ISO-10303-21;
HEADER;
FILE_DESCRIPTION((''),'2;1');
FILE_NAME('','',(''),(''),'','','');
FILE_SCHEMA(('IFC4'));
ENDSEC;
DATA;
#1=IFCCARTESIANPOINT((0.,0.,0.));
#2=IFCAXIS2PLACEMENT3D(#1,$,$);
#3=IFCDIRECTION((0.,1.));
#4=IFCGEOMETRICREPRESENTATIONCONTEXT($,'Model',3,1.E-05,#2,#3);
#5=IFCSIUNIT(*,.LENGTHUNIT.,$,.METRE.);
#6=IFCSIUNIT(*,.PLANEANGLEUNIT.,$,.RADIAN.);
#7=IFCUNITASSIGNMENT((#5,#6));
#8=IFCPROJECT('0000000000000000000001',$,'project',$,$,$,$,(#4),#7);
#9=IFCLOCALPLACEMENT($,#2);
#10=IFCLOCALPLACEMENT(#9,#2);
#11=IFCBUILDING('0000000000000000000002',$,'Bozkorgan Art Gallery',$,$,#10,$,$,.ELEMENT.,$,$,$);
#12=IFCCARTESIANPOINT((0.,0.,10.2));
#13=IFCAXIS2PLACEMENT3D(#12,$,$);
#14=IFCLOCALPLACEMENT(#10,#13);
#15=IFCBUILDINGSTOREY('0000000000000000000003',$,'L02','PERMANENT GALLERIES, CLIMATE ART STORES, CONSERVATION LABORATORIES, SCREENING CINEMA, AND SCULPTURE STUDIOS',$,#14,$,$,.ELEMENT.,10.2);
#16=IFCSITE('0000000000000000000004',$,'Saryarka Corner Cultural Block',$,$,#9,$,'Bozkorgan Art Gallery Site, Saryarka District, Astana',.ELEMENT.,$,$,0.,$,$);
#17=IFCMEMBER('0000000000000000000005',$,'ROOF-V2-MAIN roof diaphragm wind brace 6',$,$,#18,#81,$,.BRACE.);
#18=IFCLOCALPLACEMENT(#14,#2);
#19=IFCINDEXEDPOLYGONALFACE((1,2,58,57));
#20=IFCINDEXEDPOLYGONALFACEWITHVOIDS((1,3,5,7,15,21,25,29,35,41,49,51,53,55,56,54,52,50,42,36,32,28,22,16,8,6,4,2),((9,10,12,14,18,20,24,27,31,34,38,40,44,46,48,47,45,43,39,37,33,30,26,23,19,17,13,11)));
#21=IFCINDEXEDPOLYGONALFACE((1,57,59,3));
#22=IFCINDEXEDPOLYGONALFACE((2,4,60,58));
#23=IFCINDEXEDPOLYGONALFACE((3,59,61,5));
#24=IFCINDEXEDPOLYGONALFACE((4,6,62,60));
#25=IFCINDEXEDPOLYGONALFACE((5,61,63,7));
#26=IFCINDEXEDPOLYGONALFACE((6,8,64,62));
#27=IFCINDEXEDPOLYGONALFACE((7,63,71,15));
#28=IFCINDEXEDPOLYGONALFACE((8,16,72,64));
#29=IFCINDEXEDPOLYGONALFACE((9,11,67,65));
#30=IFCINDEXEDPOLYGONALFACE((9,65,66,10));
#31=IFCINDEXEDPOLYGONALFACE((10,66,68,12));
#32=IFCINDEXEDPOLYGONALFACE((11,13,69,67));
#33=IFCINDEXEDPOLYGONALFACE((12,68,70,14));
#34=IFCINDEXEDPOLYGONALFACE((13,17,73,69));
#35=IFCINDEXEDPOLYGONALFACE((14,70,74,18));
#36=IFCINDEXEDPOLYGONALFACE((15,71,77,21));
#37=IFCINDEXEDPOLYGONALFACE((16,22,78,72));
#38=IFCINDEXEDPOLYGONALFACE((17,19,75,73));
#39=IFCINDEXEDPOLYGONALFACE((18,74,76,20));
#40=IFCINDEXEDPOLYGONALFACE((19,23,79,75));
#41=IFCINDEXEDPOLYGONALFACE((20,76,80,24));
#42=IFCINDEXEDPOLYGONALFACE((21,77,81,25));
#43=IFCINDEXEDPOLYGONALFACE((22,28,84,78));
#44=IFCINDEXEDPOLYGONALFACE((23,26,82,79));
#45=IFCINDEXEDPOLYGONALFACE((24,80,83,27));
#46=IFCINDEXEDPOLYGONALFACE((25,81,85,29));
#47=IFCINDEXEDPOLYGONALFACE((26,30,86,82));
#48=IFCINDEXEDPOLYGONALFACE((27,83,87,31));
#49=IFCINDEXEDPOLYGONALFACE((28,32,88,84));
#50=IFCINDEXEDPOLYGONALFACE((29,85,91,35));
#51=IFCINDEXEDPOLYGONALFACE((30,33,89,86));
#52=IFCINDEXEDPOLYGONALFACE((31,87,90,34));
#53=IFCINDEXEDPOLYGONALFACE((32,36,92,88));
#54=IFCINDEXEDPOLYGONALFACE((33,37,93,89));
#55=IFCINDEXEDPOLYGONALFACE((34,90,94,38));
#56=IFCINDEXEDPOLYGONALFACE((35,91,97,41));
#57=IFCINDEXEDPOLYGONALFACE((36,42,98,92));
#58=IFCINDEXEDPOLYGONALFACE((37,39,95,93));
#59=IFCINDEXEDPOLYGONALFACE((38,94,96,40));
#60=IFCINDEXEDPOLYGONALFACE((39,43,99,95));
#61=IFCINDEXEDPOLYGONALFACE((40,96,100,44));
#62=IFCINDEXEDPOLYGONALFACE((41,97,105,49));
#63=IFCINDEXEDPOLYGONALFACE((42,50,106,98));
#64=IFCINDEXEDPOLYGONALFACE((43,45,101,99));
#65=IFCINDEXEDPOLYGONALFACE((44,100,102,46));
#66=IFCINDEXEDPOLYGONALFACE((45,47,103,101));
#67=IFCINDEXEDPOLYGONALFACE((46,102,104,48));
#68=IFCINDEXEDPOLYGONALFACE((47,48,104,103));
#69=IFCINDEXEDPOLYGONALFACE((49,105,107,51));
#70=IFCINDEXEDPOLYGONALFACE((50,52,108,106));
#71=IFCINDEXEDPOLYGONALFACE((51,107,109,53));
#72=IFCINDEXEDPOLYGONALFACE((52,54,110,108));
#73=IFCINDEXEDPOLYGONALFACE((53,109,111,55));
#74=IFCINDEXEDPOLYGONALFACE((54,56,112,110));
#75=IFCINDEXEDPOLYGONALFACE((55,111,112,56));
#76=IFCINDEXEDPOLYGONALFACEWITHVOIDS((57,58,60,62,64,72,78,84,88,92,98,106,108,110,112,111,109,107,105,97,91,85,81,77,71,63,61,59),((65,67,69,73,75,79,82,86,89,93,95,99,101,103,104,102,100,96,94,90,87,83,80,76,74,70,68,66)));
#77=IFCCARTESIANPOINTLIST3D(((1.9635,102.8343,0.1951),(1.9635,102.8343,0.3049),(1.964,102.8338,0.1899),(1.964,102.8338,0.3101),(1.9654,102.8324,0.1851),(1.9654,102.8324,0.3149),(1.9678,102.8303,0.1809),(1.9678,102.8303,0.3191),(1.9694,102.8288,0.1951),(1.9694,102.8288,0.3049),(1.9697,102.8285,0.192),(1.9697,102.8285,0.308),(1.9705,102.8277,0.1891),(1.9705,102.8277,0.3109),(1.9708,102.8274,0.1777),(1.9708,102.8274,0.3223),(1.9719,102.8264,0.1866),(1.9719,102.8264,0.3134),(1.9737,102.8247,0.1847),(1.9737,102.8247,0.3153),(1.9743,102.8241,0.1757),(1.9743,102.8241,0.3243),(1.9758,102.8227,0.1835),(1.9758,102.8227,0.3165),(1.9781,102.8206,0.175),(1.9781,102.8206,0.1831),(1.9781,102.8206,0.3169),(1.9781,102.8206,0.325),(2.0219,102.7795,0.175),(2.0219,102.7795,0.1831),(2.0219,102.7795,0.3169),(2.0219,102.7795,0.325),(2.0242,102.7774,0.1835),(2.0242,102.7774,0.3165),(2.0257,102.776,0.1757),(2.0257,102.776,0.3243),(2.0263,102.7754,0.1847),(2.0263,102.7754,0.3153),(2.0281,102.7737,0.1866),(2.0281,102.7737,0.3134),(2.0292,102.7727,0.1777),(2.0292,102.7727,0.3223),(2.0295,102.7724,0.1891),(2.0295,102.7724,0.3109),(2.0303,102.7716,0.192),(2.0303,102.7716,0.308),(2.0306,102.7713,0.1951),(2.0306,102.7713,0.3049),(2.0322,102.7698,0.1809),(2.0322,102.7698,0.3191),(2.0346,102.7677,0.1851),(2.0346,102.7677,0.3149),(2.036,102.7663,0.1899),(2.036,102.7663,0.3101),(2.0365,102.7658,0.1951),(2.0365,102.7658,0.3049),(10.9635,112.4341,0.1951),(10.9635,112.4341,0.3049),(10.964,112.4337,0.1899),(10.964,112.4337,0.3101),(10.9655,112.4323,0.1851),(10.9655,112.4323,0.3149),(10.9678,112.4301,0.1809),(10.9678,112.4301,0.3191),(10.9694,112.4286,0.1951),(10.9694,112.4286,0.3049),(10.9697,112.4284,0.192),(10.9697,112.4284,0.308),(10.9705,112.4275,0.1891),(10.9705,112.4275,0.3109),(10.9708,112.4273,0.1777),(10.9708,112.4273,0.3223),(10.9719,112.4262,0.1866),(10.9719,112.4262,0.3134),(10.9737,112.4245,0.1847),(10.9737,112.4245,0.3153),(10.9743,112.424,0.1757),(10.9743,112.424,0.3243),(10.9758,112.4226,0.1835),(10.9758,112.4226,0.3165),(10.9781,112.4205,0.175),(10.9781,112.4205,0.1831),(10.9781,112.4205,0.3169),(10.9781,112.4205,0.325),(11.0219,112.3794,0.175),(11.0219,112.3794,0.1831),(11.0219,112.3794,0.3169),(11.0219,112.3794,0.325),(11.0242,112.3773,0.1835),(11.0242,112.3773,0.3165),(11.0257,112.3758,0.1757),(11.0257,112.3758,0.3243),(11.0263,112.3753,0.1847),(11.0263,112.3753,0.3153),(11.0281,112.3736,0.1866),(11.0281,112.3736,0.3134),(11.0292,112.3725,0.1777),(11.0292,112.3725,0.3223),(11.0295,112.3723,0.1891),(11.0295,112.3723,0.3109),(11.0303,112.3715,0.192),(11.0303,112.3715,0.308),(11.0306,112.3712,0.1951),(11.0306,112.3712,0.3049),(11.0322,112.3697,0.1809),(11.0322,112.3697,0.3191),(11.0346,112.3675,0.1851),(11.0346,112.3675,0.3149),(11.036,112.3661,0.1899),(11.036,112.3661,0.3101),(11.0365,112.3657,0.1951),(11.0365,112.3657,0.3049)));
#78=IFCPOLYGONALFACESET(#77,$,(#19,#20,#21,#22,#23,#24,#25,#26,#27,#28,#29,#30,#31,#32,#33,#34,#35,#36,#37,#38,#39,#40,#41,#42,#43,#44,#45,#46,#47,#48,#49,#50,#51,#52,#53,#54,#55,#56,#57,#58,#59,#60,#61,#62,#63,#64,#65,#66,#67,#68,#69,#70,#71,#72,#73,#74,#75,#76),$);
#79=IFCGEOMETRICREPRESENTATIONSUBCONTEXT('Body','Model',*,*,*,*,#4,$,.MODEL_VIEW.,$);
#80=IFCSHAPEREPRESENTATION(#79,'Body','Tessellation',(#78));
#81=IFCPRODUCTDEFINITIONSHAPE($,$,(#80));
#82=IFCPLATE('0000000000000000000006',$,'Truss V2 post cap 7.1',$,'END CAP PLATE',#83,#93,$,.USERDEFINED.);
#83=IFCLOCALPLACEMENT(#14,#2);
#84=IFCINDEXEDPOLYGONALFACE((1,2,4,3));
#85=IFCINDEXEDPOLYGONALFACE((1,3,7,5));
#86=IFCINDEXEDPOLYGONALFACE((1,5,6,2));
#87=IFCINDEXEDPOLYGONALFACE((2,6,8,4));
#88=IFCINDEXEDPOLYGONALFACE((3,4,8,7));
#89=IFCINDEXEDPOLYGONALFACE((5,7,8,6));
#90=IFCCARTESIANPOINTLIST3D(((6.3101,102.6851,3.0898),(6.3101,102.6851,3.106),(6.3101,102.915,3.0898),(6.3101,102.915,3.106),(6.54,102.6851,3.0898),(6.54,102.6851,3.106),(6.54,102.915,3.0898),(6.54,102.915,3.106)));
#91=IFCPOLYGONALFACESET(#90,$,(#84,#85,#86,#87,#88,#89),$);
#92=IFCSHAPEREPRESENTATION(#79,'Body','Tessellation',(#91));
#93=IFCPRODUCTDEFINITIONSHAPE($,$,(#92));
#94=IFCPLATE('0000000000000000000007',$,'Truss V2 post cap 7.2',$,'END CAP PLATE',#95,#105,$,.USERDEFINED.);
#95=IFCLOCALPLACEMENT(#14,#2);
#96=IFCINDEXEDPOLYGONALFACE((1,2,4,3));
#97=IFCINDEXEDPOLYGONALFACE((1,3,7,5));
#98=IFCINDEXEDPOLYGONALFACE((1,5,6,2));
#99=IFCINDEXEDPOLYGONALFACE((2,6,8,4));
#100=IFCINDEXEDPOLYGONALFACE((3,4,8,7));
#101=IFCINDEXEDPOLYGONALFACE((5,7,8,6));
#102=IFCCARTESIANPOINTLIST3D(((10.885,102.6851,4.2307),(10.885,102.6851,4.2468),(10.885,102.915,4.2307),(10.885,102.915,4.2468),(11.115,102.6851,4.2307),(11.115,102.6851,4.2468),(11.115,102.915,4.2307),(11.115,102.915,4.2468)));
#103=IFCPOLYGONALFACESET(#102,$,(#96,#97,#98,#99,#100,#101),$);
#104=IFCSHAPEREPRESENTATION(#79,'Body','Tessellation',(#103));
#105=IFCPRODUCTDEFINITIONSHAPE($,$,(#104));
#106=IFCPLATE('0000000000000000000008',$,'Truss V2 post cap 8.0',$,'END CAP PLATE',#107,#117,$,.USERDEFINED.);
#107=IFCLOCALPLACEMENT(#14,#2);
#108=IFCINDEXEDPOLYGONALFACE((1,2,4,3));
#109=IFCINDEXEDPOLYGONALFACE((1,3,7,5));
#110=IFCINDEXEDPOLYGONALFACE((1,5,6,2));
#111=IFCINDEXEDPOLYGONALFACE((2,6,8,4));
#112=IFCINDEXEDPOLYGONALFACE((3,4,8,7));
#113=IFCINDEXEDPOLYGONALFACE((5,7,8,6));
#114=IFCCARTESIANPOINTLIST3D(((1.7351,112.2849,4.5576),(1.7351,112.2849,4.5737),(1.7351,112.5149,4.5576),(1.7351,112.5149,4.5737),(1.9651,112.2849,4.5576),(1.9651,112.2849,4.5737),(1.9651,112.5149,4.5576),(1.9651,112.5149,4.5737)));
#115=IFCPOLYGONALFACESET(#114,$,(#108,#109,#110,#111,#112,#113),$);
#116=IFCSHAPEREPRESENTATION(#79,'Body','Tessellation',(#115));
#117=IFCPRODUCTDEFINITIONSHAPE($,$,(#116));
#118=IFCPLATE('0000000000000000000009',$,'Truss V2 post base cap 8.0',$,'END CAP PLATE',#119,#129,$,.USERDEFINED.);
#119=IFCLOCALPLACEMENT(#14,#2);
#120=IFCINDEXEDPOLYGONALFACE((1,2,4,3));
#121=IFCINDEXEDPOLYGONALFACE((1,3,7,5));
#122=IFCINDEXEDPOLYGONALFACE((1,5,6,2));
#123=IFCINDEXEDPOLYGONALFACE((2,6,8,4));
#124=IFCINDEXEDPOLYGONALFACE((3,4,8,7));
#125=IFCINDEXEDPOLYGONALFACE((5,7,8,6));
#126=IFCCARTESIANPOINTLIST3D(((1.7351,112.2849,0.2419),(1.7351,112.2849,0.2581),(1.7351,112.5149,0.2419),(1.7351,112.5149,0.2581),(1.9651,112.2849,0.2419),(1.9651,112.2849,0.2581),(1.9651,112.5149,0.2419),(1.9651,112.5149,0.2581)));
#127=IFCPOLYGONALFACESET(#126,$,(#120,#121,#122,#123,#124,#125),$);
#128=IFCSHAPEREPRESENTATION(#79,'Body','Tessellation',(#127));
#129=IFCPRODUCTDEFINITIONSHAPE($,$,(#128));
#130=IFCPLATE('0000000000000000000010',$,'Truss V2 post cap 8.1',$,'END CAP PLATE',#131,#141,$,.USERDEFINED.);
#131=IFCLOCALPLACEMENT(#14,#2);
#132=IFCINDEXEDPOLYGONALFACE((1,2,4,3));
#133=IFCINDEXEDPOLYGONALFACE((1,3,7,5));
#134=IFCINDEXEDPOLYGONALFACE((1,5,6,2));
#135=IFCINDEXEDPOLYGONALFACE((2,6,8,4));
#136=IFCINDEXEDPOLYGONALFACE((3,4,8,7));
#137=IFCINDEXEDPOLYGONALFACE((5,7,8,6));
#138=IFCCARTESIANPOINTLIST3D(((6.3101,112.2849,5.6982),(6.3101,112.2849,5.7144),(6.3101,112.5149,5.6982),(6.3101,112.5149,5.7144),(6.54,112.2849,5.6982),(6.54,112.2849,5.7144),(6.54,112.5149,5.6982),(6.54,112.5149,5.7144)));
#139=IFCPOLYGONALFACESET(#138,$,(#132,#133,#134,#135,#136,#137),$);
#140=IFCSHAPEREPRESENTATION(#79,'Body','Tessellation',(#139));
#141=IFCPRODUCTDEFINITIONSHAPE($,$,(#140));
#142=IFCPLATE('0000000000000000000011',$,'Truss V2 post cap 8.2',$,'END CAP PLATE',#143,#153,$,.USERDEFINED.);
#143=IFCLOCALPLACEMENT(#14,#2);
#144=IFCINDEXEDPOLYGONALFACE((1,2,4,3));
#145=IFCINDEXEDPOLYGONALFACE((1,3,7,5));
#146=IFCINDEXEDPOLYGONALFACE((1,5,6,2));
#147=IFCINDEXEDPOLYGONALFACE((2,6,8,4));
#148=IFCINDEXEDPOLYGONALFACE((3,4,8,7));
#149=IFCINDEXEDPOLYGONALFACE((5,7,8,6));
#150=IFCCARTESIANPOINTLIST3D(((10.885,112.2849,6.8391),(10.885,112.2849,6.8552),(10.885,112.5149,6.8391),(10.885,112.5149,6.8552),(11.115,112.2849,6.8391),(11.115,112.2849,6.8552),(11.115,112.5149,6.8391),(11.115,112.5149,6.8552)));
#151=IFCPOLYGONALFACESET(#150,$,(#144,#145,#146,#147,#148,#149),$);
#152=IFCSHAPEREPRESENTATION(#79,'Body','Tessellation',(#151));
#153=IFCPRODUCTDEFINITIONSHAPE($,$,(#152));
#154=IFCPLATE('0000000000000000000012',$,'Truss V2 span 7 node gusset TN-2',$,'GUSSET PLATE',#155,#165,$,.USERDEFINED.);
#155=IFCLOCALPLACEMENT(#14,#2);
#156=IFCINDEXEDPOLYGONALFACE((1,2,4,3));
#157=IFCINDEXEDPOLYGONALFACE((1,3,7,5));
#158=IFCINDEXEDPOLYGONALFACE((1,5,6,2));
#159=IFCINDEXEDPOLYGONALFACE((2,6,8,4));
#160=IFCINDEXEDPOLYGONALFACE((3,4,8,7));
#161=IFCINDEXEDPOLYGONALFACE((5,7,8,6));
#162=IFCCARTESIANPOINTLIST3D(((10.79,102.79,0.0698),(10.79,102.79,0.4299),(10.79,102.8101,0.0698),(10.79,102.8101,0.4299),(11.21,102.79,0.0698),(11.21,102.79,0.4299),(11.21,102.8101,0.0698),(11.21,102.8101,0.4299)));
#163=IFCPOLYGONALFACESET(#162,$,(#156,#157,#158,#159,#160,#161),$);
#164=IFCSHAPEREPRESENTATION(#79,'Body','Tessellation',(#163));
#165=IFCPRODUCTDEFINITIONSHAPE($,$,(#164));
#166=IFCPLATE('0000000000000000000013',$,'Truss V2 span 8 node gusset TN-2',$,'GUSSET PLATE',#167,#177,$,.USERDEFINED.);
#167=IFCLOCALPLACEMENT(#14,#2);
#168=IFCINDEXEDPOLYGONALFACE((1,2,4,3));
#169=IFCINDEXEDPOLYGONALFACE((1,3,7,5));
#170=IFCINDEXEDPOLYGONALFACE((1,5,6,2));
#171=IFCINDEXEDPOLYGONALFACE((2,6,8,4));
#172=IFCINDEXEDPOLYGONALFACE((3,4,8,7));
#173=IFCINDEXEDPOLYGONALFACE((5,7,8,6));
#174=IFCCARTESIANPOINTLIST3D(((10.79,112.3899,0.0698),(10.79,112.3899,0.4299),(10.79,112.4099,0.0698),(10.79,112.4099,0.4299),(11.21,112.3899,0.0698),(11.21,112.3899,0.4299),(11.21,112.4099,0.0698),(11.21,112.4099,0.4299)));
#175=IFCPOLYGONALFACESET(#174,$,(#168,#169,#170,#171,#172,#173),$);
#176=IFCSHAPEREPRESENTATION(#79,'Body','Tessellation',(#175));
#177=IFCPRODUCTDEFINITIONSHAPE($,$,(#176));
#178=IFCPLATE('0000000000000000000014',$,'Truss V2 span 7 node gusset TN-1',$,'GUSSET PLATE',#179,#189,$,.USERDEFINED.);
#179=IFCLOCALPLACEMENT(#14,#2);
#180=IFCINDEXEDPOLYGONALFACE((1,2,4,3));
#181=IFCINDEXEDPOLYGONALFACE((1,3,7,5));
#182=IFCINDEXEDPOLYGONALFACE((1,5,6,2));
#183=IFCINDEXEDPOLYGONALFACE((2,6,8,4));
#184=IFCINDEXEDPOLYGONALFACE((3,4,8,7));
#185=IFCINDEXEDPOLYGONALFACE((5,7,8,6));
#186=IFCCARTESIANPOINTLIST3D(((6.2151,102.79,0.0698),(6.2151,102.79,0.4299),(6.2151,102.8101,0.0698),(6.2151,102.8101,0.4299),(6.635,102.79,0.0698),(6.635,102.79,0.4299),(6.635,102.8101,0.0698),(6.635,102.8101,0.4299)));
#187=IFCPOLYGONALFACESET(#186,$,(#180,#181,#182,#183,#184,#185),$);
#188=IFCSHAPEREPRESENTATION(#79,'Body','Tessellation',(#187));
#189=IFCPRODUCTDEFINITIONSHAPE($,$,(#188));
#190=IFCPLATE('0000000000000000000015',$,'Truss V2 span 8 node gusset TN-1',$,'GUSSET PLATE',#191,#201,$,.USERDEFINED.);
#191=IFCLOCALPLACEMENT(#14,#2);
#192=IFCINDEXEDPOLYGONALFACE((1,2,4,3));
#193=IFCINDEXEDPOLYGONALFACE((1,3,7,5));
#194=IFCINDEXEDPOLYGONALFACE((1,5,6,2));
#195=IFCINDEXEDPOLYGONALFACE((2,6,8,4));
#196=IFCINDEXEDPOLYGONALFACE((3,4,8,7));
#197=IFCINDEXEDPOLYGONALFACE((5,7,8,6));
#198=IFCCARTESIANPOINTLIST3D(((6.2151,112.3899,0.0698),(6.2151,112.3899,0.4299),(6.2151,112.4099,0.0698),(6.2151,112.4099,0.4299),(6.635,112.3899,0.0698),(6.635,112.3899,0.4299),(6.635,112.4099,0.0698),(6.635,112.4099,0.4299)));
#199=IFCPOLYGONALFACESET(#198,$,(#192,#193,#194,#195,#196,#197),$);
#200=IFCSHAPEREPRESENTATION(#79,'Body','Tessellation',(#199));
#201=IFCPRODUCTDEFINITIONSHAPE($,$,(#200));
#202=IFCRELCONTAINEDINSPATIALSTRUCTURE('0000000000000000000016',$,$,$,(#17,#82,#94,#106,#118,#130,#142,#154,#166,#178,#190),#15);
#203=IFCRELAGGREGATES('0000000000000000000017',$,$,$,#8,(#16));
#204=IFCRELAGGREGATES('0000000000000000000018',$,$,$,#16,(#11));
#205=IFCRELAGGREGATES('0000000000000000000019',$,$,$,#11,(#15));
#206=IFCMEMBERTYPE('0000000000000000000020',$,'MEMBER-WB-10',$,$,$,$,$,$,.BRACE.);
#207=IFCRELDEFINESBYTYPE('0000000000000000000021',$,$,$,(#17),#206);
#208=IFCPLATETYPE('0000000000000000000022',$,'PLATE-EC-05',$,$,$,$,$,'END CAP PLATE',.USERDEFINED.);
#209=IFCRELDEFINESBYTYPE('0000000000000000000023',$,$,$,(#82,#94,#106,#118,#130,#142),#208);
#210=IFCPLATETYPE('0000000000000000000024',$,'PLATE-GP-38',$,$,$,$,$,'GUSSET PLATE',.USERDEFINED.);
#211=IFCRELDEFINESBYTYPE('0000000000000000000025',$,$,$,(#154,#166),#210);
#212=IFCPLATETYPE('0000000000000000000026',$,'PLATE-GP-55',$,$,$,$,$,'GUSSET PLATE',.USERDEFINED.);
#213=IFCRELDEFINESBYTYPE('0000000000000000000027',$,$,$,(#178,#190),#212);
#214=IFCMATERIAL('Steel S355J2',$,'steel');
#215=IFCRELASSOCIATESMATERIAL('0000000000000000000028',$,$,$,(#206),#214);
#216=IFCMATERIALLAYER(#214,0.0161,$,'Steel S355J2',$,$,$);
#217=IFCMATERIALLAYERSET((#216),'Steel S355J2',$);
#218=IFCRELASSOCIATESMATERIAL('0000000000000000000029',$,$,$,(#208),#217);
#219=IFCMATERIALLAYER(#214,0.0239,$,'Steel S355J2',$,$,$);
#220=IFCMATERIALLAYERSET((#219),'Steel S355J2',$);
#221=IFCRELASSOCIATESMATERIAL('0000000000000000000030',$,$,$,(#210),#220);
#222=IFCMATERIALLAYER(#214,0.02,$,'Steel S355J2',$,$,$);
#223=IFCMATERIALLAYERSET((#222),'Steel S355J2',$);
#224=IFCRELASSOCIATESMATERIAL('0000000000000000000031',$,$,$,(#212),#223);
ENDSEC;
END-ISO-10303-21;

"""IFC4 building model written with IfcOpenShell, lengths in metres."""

from ifc_helpers import new_model, si_unit, direction, frame, origin, origin_2d, place, context, subcontext, project, spatial, rectangle, hollow_rectangle, extrude, material, layer, layer_set, material_profile, profile_set, type_object, element, save


model = new_model("IFC4")

# Units and contexts
model_context = context("Model", 3, precision=1e-05, world=origin(), true_north=direction((0.0, 1.0)))
body_context = subcontext(model_context, "Body", "Model", "MODEL_VIEW")
ifc_project = project(units=[si_unit("LENGTHUNIT", "METRE"), si_unit("PLANEANGLEUNIT", "RADIAN")], contexts=[model_context])

# Site, building, storey
site_placement = place(None, origin())
site = spatial("IfcSite", under=ifc_project, at=site_placement, Name="Saryarka Corner Cultural Block", LongName="Bozkorgan Art Gallery Site, Saryarka District, Astana", CompositionType="ELEMENT", RefElevation=0.0)
building_placement = place(site_placement, origin())
building = spatial("IfcBuilding", under=site, at=building_placement, Name="Bozkorgan Art Gallery", CompositionType="ELEMENT")
storey_placement = place(building_placement, frame((0.0, 0.0, 10.2)))
storey = spatial("IfcBuildingStorey", under=building, at=storey_placement, Name="L02", Description="PERMANENT GALLERIES, CLIMATE ART STORES, CONSERVATION LABORATORIES, SCREENING CINEMA, AND SCULPTURE STUDIOS", CompositionType="ELEMENT", Elevation=10.2)

# Shared definitions
ifc_material_1 = material(Name="Steel S355J2", Category="steel")

# Member
ifc_material_profile_1 = material_profile(ifc_material_1, hollow_rectangle(XDim=0.1001, YDim=0.1499, WallThickness=0.0081, InnerFilletRadius=0.012, OuterFilletRadius=0.02, at=origin_2d()), Name="RHS 150x100x8")
ifc_profile_set_1 = profile_set([ifc_material_profile_1], Name="Steel S355J2")
member_type_1 = type_object("IfcMemberType", Name="MEMBER-WB-10", PredefinedType="BRACE", material=ifc_profile_set_1)
member_1_placement = place(storey_placement, frame((2.0, 102.8, 0.25), z_axis=(0.683947, 0.729532, 0.0), x_axis=(-0.729532, 0.683947, 0.0)))
element("IfcMember", 1, at=member_1_placement, inside=storey, type_object=member_type_1, Name="ROOF-V2-MAIN roof diaphragm wind brace 6", PredefinedType="BRACE", context=body_context, shape_type="SweptSolid", body=[
    extrude(hollow_rectangle(XDim=0.1001, YDim=0.1499, WallThickness=0.0081, InnerFilletRadius=0.012, OuterFilletRadius=0.02, at=origin_2d()), origin(), (0.0, 0.0, 1.0), 13.1589),
])

# Plates
ifc_layer_1 = layer(ifc_material_1, 0.0161, Name="Steel S355J2")
ifc_layer_set_1 = layer_set([ifc_layer_1], Name="Steel S355J2")
plate_type_1 = type_object("IfcPlateType", Name="PLATE-EC-05", ElementType="END CAP PLATE", PredefinedType="USERDEFINED", material=ifc_layer_set_1)
for number, where, z_axis, x_axis, name in (
    (2, (6.425, 102.8, 3.0898), (0.0, 0.0, 1.0), (1.0, 0.0, 0.0), "Truss V2 post cap 7.1"),
    (3, (11.0, 102.8, 4.2307), (0.0, 0.0, 1.0), (1.0, 0.0, 0.0), "Truss V2 post cap 7.2"),
    (4, (1.8501, 112.3999, 4.5576), (0.0, 0.0, 1.0), (1.0, 0.0, 0.0), "Truss V2 post cap 8.0"),
    (5, (1.8501, 112.3999, 0.2419), (0.0, 0.0, 1.0), (1.0, 0.0, 0.0), "Truss V2 post base cap 8.0"),
    (6, (6.425, 112.3999, 5.6982), (0.0, 0.0, 1.0), (1.0, 0.0, 0.0), "Truss V2 post cap 8.1"),
    (7, (11.0, 112.3999, 6.8391), (0.0, 0.0, 1.0), (1.0, 0.0, 0.0), "Truss V2 post cap 8.2"),
):
    element("IfcPlate", number, at=place(storey_placement, frame(where, z_axis=z_axis, x_axis=x_axis)), inside=storey, type_object=plate_type_1, Name=name, ObjectType="END CAP PLATE", PredefinedType="USERDEFINED", context=body_context, shape_type="SweptSolid", body=[
        extrude(rectangle(XDim=0.23, YDim=0.23, at=origin_2d()), origin(), (0.0, 0.0, 1.0), 0.0161),
    ])
ifc_layer_2 = layer(ifc_material_1, 0.0239, Name="Steel S355J2")
ifc_layer_set_2 = layer_set([ifc_layer_2], Name="Steel S355J2")
plate_type_2 = type_object("IfcPlateType", Name="PLATE-GP-38", ElementType="GUSSET PLATE", PredefinedType="USERDEFINED", material=ifc_layer_set_2)
for number, where, z_axis, x_axis, name in (
    (8, (11.0, 102.8, 0.0698), (0.0, 0.0, 1.0), (1.0, 0.0, 0.0), "Truss V2 span 7 node gusset TN-2"),
    (9, (11.0, 112.3999, 0.0698), (0.0, 0.0, 1.0), (1.0, 0.0, 0.0), "Truss V2 span 8 node gusset TN-2"),
):
    element("IfcPlate", number, at=place(storey_placement, frame(where, z_axis=z_axis, x_axis=x_axis)), inside=storey, type_object=plate_type_2, Name=name, ObjectType="GUSSET PLATE", PredefinedType="USERDEFINED", context=body_context, shape_type="SweptSolid", body=[
        extrude(rectangle(XDim=0.4199, YDim=0.02, at=origin_2d()), origin(), (0.0, 0.0, 1.0), 0.3601),
    ])
ifc_layer_3 = layer(ifc_material_1, 0.02, Name="Steel S355J2")
ifc_layer_set_3 = layer_set([ifc_layer_3], Name="Steel S355J2")
plate_type_3 = type_object("IfcPlateType", Name="PLATE-GP-55", ElementType="GUSSET PLATE", PredefinedType="USERDEFINED", material=ifc_layer_set_3)
for number, where, z_axis, x_axis, name in (
    (10, (6.425, 102.8, 0.0698), (0.0, 0.0, 1.0), (1.0, 0.0, 0.0), "Truss V2 span 7 node gusset TN-1"),
    (11, (6.425, 112.3999, 0.0698), (0.0, 0.0, 1.0), (1.0, 0.0, 0.0), "Truss V2 span 8 node gusset TN-1"),
):
    element("IfcPlate", number, at=place(storey_placement, frame(where, z_axis=z_axis, x_axis=x_axis)), inside=storey, type_object=plate_type_3, Name=name, ObjectType="GUSSET PLATE", PredefinedType="USERDEFINED", context=body_context, shape_type="SweptSolid", body=[
        extrude(rectangle(XDim=0.4199, YDim=0.02, at=origin_2d()), origin(), (0.0, 0.0, 1.0), 0.3601),
    ])

save(model, "model.ifc")
